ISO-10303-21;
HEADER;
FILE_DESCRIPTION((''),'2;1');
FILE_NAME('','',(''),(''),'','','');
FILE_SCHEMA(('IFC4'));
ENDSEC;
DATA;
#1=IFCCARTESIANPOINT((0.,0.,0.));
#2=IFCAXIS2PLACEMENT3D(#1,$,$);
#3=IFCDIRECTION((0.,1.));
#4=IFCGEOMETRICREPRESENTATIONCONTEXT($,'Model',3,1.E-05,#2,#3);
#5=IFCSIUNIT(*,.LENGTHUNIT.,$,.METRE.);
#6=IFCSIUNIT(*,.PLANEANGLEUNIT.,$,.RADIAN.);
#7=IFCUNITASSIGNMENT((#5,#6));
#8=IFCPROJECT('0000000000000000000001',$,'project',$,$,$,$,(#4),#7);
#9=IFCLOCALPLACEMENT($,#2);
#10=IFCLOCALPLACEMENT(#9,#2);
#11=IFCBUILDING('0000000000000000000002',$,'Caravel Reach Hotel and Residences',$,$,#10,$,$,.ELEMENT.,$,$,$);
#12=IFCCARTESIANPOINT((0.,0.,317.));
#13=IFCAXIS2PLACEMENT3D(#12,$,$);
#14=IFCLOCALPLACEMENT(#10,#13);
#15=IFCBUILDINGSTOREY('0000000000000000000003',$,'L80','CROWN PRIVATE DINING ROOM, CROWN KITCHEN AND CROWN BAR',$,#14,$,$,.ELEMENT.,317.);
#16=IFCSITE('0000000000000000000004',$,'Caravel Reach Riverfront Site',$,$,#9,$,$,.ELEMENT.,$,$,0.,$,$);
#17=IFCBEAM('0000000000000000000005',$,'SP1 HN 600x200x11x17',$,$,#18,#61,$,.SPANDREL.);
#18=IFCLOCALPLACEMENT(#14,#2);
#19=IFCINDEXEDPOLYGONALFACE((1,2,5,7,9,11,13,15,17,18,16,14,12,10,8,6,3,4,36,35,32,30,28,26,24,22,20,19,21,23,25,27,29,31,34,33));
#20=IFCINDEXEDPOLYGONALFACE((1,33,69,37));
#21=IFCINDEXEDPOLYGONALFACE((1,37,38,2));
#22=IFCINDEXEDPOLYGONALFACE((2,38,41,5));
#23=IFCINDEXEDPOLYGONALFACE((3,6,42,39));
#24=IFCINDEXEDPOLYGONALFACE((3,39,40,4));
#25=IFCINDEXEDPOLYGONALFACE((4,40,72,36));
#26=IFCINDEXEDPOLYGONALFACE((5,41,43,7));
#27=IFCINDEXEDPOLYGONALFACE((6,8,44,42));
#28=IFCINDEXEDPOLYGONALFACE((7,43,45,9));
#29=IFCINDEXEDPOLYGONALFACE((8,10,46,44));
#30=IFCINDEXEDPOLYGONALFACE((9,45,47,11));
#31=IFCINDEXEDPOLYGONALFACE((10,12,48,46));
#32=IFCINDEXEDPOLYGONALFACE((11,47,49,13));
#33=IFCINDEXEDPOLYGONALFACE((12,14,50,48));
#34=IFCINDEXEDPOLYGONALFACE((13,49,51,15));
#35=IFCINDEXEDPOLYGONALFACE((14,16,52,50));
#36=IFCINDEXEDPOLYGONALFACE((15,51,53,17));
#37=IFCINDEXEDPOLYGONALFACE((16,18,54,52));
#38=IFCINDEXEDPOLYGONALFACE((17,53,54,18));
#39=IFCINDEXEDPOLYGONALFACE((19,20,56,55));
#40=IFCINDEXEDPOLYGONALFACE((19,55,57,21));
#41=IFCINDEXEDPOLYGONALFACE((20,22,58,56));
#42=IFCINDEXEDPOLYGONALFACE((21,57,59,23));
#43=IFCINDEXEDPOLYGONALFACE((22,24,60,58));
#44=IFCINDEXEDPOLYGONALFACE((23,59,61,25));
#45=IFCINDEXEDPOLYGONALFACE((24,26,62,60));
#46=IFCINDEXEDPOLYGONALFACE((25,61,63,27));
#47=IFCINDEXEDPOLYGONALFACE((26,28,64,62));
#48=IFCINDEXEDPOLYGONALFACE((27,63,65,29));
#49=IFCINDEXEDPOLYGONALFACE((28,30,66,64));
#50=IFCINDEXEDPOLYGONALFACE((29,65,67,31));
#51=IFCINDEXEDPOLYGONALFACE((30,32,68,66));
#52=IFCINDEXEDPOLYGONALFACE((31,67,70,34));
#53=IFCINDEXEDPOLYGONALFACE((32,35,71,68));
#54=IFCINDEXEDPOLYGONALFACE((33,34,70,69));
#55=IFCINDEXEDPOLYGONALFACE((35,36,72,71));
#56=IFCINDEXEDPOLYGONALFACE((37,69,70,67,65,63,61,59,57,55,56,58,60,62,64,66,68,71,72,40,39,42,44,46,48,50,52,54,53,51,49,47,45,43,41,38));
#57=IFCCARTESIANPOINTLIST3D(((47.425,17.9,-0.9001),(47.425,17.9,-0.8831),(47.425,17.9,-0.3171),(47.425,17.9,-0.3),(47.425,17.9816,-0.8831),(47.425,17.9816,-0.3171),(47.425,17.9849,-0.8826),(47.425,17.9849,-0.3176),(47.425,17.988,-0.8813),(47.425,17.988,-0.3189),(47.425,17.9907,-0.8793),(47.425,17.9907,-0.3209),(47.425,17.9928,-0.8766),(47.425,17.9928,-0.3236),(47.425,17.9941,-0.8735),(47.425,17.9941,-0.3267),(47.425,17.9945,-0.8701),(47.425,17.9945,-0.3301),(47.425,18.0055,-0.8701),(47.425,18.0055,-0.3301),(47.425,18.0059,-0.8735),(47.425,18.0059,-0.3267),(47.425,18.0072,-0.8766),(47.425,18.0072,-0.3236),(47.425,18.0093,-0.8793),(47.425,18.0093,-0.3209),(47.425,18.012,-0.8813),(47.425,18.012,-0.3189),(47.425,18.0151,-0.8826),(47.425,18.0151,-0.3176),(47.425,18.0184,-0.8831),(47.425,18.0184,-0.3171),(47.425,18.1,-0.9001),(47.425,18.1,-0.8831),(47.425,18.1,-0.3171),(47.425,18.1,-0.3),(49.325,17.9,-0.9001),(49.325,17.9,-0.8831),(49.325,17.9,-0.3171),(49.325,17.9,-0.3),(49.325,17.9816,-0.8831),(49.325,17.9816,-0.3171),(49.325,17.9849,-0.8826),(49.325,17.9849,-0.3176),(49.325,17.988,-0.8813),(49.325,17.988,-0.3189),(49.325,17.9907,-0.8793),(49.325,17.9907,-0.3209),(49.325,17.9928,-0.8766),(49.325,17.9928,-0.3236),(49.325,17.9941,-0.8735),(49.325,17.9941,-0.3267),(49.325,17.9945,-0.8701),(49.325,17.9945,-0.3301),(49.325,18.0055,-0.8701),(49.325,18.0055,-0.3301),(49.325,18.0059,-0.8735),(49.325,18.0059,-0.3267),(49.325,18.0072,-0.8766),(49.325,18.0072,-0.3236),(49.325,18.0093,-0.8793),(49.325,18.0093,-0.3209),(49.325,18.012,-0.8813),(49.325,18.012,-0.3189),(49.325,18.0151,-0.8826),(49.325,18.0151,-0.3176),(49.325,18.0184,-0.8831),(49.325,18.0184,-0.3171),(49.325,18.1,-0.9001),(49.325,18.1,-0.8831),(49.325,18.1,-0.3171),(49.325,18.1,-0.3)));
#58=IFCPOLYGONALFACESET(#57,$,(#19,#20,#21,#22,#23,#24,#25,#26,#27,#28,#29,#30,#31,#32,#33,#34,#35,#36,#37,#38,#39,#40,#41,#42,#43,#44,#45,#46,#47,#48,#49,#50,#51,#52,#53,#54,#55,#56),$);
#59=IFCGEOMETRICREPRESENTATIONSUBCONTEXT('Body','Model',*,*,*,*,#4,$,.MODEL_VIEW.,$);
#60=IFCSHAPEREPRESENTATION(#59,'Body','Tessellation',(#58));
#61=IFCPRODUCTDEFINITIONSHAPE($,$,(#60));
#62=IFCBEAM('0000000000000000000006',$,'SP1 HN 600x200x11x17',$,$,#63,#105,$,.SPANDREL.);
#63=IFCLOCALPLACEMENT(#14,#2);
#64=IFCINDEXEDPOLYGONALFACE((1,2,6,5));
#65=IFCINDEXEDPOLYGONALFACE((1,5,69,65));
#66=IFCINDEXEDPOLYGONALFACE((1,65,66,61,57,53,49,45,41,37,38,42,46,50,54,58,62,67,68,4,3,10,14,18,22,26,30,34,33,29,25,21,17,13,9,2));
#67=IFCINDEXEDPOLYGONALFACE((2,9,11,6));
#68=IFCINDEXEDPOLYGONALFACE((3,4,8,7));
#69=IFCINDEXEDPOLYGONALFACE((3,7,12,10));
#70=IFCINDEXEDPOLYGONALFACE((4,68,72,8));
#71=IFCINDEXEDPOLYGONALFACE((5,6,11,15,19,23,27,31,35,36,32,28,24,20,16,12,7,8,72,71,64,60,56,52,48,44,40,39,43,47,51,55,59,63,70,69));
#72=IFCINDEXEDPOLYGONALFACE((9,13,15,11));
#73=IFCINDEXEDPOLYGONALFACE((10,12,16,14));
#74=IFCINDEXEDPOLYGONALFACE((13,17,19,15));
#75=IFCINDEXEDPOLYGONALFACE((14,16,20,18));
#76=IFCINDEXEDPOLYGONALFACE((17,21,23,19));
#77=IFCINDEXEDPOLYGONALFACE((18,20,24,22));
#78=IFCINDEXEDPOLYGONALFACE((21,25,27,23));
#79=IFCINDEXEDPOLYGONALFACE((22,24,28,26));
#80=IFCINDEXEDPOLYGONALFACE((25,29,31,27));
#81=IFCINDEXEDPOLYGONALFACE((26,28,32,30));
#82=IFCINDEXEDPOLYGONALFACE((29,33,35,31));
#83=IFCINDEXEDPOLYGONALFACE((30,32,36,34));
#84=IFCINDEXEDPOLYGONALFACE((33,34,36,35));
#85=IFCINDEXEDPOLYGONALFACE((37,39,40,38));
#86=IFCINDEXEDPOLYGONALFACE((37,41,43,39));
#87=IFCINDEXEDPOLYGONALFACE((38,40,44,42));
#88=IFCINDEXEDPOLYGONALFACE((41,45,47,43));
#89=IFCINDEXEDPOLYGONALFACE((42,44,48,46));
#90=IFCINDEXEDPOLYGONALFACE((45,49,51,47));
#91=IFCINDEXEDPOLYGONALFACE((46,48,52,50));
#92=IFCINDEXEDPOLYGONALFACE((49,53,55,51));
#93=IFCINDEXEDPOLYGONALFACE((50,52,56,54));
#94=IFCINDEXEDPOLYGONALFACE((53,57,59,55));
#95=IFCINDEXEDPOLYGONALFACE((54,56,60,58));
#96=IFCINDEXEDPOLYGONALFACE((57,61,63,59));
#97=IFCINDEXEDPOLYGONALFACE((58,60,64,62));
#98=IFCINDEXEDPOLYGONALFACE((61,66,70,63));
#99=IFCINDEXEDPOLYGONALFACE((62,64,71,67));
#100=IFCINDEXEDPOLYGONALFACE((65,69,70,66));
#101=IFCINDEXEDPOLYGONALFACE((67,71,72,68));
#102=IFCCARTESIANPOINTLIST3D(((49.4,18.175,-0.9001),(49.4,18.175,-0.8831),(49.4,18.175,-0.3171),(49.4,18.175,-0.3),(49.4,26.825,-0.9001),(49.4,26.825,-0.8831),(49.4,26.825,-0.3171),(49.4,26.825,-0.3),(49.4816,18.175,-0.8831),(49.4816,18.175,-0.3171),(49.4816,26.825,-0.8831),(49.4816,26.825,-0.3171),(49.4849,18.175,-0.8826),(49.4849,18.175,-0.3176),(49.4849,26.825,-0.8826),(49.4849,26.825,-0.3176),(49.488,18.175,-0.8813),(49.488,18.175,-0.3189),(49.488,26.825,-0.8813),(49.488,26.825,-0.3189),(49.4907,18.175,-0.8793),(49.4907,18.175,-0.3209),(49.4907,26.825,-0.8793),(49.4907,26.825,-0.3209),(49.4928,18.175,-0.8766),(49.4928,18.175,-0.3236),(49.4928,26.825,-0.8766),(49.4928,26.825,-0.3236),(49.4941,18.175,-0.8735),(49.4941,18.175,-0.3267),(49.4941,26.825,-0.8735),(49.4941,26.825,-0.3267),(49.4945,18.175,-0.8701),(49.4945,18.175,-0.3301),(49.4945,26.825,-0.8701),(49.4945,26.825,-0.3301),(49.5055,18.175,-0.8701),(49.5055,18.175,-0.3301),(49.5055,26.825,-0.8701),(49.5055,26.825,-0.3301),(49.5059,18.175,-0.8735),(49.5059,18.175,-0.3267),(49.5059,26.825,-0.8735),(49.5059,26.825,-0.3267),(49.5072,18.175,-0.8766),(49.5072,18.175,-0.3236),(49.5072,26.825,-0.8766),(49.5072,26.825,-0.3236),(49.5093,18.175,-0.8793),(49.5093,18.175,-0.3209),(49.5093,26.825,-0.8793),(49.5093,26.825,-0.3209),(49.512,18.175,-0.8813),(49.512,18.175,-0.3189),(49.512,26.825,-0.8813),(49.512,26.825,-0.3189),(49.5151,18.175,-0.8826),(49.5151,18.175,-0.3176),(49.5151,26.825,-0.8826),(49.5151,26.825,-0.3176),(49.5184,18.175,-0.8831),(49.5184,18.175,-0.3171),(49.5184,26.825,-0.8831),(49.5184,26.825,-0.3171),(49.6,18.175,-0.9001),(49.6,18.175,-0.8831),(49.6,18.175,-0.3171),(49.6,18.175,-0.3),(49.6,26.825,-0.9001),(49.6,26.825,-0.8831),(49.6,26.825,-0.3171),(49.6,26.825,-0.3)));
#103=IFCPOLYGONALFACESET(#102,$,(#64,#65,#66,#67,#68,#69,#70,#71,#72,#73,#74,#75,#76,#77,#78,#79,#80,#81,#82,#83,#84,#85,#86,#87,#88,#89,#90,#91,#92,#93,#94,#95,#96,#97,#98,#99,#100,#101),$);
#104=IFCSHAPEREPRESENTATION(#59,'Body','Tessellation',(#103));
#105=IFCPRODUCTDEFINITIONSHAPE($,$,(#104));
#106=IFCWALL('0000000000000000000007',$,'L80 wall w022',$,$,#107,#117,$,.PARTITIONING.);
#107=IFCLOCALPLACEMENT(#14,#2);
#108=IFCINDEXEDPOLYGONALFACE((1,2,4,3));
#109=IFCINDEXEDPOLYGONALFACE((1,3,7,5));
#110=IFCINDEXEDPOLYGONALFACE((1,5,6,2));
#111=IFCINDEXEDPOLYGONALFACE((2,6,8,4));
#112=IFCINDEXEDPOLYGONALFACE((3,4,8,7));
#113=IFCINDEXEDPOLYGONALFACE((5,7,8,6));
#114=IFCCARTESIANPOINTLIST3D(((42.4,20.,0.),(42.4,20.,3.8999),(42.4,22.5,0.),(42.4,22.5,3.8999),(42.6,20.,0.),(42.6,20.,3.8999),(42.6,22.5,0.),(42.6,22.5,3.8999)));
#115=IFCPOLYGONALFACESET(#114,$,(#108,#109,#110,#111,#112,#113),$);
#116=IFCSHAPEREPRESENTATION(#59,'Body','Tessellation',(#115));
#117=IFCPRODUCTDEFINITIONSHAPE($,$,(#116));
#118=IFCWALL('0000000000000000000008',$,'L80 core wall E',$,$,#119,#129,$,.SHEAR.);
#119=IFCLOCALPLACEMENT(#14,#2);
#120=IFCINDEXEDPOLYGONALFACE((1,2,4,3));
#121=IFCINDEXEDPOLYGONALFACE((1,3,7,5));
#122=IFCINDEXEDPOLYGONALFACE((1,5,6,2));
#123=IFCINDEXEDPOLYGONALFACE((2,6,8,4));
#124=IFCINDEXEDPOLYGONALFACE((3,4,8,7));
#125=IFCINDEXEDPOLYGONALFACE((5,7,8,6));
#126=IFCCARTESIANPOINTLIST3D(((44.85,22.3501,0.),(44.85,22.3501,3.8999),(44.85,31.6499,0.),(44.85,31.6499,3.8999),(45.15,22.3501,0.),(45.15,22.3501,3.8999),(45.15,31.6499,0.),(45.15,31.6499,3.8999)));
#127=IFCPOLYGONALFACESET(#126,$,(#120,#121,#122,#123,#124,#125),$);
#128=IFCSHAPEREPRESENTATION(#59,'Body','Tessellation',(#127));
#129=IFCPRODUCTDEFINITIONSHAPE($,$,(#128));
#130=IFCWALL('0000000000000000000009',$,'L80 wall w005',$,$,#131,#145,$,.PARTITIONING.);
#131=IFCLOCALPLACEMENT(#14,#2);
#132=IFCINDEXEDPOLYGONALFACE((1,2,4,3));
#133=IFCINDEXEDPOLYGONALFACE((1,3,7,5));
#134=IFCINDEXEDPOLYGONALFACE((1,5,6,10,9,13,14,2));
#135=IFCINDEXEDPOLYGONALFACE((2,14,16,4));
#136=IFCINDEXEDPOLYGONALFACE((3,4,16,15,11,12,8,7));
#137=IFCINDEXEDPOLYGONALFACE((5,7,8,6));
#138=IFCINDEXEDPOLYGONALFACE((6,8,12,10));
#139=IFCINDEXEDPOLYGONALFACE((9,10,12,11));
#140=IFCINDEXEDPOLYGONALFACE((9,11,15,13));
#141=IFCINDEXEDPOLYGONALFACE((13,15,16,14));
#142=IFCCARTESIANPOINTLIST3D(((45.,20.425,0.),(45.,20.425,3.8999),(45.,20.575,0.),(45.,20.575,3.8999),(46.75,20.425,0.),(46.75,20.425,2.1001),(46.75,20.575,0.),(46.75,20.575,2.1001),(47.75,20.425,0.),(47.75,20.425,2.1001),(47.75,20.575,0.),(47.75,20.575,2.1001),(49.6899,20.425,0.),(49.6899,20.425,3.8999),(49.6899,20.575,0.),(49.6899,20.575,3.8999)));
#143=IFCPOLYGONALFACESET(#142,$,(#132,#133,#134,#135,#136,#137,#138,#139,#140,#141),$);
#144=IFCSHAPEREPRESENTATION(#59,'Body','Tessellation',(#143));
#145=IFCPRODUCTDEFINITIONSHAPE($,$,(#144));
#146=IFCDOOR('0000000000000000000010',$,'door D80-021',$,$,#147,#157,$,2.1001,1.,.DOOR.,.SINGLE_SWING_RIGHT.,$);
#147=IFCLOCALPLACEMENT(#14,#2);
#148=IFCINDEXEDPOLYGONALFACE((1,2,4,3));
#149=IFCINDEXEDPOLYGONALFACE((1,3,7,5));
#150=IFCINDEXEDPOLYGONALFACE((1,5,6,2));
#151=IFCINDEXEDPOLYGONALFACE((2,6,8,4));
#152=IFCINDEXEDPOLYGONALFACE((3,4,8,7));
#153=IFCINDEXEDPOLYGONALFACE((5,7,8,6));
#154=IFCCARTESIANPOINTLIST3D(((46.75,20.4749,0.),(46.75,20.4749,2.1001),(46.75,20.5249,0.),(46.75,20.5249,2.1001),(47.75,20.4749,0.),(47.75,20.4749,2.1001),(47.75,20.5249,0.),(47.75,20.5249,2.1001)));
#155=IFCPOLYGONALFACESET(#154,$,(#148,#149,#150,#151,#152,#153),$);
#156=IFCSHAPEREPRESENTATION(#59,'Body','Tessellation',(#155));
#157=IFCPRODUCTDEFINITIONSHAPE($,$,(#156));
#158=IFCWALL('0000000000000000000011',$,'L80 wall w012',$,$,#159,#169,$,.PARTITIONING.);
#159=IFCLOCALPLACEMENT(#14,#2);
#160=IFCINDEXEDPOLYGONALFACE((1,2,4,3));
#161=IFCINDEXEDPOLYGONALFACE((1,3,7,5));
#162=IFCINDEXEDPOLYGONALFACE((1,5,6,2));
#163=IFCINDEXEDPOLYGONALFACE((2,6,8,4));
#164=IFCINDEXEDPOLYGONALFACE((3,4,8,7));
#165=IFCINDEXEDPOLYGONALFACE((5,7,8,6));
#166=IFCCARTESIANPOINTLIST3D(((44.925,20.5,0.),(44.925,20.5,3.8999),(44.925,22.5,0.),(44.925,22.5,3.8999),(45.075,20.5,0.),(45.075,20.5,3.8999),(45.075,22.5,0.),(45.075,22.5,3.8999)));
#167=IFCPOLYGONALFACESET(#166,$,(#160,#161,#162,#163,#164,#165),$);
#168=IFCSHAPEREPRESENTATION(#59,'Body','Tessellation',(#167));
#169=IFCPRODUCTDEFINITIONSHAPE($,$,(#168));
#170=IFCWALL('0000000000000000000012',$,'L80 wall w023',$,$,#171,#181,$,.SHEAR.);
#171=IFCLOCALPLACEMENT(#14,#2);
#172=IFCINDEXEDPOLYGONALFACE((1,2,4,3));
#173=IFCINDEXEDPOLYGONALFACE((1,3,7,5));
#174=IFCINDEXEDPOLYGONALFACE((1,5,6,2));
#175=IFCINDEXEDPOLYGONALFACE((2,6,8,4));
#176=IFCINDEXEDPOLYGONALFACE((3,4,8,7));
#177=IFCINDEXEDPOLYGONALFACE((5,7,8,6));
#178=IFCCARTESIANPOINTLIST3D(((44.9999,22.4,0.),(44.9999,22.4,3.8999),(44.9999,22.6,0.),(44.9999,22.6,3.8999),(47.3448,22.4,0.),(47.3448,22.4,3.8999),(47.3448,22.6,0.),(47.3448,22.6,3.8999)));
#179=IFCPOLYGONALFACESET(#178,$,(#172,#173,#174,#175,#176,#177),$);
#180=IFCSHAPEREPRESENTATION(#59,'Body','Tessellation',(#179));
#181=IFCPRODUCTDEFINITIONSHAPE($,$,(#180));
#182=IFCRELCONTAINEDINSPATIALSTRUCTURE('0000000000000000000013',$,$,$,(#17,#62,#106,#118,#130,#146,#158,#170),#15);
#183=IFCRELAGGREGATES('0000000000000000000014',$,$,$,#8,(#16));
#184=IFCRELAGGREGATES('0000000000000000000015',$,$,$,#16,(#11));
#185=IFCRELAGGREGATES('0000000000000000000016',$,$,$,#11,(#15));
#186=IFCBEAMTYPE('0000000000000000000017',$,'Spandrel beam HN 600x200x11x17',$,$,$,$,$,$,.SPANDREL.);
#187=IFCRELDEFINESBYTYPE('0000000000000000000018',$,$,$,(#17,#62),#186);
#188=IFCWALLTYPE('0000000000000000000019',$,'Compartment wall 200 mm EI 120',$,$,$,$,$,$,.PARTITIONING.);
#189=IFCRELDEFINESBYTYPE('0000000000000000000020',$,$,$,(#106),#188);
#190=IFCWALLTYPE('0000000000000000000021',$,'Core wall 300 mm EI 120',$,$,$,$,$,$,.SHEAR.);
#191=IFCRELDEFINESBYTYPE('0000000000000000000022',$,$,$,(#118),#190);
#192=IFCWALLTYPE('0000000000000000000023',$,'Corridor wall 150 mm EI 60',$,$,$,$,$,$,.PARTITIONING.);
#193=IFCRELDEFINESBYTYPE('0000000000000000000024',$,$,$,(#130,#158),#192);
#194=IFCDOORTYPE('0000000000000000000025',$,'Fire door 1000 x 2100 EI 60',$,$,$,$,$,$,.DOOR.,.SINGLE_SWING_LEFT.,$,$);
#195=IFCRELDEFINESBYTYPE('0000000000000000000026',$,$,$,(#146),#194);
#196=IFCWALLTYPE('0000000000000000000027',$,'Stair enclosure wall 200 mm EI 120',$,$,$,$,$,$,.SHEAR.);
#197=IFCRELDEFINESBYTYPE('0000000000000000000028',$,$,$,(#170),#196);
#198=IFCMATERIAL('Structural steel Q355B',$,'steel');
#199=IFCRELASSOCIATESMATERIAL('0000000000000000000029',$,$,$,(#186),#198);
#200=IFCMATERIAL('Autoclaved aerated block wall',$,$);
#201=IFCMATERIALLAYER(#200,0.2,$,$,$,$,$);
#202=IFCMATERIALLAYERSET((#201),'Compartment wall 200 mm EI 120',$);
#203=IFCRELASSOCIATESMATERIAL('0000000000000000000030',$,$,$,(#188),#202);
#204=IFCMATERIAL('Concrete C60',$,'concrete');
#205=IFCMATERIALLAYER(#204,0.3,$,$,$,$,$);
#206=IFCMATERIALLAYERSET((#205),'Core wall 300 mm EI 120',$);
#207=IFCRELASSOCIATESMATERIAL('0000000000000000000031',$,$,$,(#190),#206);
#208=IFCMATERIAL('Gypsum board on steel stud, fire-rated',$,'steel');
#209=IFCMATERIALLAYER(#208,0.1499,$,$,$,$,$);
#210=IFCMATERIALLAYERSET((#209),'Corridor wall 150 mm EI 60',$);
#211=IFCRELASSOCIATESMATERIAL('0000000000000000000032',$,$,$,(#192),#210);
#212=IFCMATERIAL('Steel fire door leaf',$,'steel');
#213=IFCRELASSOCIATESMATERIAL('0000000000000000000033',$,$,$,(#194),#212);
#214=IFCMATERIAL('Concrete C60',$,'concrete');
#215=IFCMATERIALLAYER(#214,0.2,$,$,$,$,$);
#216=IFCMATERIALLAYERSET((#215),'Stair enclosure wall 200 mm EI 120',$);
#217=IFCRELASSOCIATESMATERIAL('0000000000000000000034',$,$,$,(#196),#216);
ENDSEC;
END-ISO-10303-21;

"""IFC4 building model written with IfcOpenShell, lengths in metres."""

from ifc_helpers import new_model, si_unit, direction, frame, frame_2d, origin, origin_2d, place, context, subcontext, project, spatial, rectangle, i_section, extrude, material, layer, layer_set, material_profile, profile_set, type_object, element, fill, save


model = new_model("IFC4")

# Units and contexts
model_context = context("Model", 3, precision=1e-05, world=origin(), true_north=direction((0.0, 1.0)))
body_context = subcontext(model_context, "Body", "Model", "MODEL_VIEW")
ifc_project = project(units=[si_unit("LENGTHUNIT", "METRE"), si_unit("PLANEANGLEUNIT", "RADIAN")], contexts=[model_context])

# Site, building, storey
site_placement = place(None, origin())
site = spatial("IfcSite", under=ifc_project, at=site_placement, Name="Caravel Reach Riverfront Site", CompositionType="ELEMENT", RefElevation=0.0)
building_placement = place(site_placement, origin())
building = spatial("IfcBuilding", under=site, at=building_placement, Name="Caravel Reach Hotel and Residences", CompositionType="ELEMENT")
storey_placement = place(building_placement, frame((0.0, 0.0, 317.0)))
storey = spatial("IfcBuildingStorey", under=building, at=storey_placement, Name="L80", Description="CROWN PRIVATE DINING ROOM, CROWN KITCHEN AND CROWN BAR", CompositionType="ELEMENT", Elevation=317.0)

# Beams
ifc_material_1 = material(Name="Structural steel Q355B", Category="steel")
ifc_material_profile_1 = material_profile(ifc_material_1, i_section(OverallWidth=0.2, OverallDepth=0.6001, WebThickness=0.011, FlangeThickness=0.0171, FilletRadius=0.0129, at=origin_2d()), Name="HN 600x200x11x17")
ifc_profile_set_1 = profile_set([ifc_material_profile_1], Name="Structural steel Q355B")
beam_type = type_object("IfcBeamType", Name="Spandrel beam HN 600x200x11x17", PredefinedType="SPANDREL", material=ifc_profile_set_1)
for number, where, z_axis, x_axis, name in (
    (1, (47.425, 18.0, -0.6001), (1.0, 0.0, 0.0), (0.0, 1.0, 0.0), "SP1 HN 600x200x11x17"),
):
    element("IfcBeam", number, at=place(storey_placement, frame(where, z_axis=z_axis, x_axis=x_axis)), inside=storey, type_object=beam_type, Name=name, PredefinedType="SPANDREL", context=body_context, shape_type="SweptSolid", body=[
        extrude(i_section(OverallWidth=0.2, OverallDepth=0.6001, WebThickness=0.011, FlangeThickness=0.0171, FilletRadius=0.0129, at=origin_2d()), origin(), (0.0, 0.0, 1.0), 1.8999),
    ])
beam_placement = place(storey_placement, frame((49.5, 18.175, -0.6001), z_axis=(0.0, 1.0, 0.0), x_axis=(-1.0, 0.0, 0.0)))
element("IfcBeam", 2, at=beam_placement, inside=storey, type_object=beam_type, Name="SP1 HN 600x200x11x17", PredefinedType="SPANDREL", context=body_context, shape_type="SweptSolid", body=[
    extrude(i_section(OverallWidth=0.2, OverallDepth=0.6001, WebThickness=0.011, FlangeThickness=0.0171, FilletRadius=0.0129, at=origin_2d()), origin(), (0.0, 0.0, 1.0), 8.6499),
])

# Walls
ifc_material_2 = material(Name="Autoclaved aerated block wall")
ifc_layer_1 = layer(ifc_material_2, 0.2)
ifc_layer_set_1 = layer_set([ifc_layer_1], Name="Compartment wall 200 mm EI 120")
wall_type_1 = type_object("IfcWallType", Name="Compartment wall 200 mm EI 120", PredefinedType="PARTITIONING", material=ifc_layer_set_1)
wall_1_placement = place(storey_placement, frame((42.5, 20.0, 0.0), z_axis=(0.0, 0.0, 1.0), x_axis=(0.0, 1.0, 0.0)))
element("IfcWall", 3, at=wall_1_placement, inside=storey, type_object=wall_type_1, Name="L80 wall w022", PredefinedType="PARTITIONING", context=body_context, shape_type="SweptSolid", body=[
    extrude(rectangle(XDim=2.5, YDim=0.2, at=frame_2d((1.25, 0.0))), origin(), (0.0, 0.0, 1.0), 3.8999),
])
ifc_material_3 = material(Name="Concrete C60", Category="concrete")
ifc_layer_2 = layer(ifc_material_3, 0.3)
ifc_layer_set_2 = layer_set([ifc_layer_2], Name="Core wall 300 mm EI 120")
wall_type_2 = type_object("IfcWallType", Name="Core wall 300 mm EI 120", PredefinedType="SHEAR", material=ifc_layer_set_2)
wall_2_placement = place(storey_placement, frame((45.0, 22.3501, 0.0), z_axis=(0.0, 0.0, 1.0), x_axis=(0.0, 1.0, 0.0)))
element("IfcWall", 4, at=wall_2_placement, inside=storey, type_object=wall_type_2, Name="L80 core wall E", PredefinedType="SHEAR", context=body_context, shape_type="SweptSolid", body=[
    extrude(rectangle(XDim=9.2998, YDim=0.3, at=frame_2d((4.6499, 0.0))), origin(), (0.0, 0.0, 1.0), 3.8999),
])

# Wall, opening, door
ifc_material_4 = material(Name="Gypsum board on steel stud, fire-rated", Category="steel")
ifc_layer_3 = layer(ifc_material_4, 0.1499)
ifc_layer_set_3 = layer_set([ifc_layer_3], Name="Corridor wall 150 mm EI 60")
wall_type_3 = type_object("IfcWallType", Name="Corridor wall 150 mm EI 60", PredefinedType="PARTITIONING", material=ifc_layer_set_3)
wall_3_placement = place(storey_placement, frame((45.0, 20.5, 0.0), z_axis=(0.0, 0.0, 1.0), x_axis=(1.0, 0.0, 0.0)))
wall_3 = element("IfcWall", 5, at=wall_3_placement, inside=storey, type_object=wall_type_3, Name="L80 wall w005", PredefinedType="PARTITIONING", context=body_context, shape_type="SweptSolid", body=[
    extrude(rectangle(XDim=4.6899, YDim=0.1499, at=frame_2d((2.345, 0.0))), origin(), (0.0, 0.0, 1.0), 3.8999),
])
opening_placement = place(wall_3_placement, frame((1.75, 0.0, 0.0)))
opening = element("IfcOpeningElement", 6, at=opening_placement, cuts=wall_3, PredefinedType="OPENING", context=body_context, shape_type="SweptSolid", body=[
    extrude(rectangle(XDim=1.0, YDim=2.1001, at=frame_2d((0.5, 1.05))), frame((0.0, 0.085, 0.0), z_axis=(0.0, -1.0, 0.0), x_axis=(1.0, 0.0, 0.0)), (0.0, 0.0, 1.0), 0.1699),
])
ifc_material_5 = material(Name="Steel fire door leaf", Category="steel")
door_type = type_object("IfcDoorType", Name="Fire door 1000 x 2100 EI 60", OperationType="SINGLE_SWING_LEFT", PredefinedType="DOOR", material=ifc_material_5)
door_placement = place(opening_placement, origin())
door = element("IfcDoor", 7, at=door_placement, inside=storey, type_object=door_type, Name="door D80-021", OperationType="SINGLE_SWING_RIGHT", OverallHeight=2.1001, OverallWidth=1.0, PredefinedType="DOOR", context=body_context, shape_type="SweptSolid", body=[
    extrude(rectangle(XDim=1.0, YDim=2.1001, at=frame_2d((0.5, 1.05))), frame((0.0, 0.0249, 0.0), z_axis=(0.0, -1.0, 0.0), x_axis=(1.0, 0.0, 0.0)), (0.0, 0.0, 1.0), 0.05),
])
fill(opening, door)

# Walls
wall_4_placement = place(storey_placement, frame((45.0, 20.5, 0.0), z_axis=(0.0, 0.0, 1.0), x_axis=(0.0, 1.0, 0.0)))
element("IfcWall", 8, at=wall_4_placement, inside=storey, type_object=wall_type_3, Name="L80 wall w012", PredefinedType="PARTITIONING", context=body_context, shape_type="SweptSolid", body=[
    extrude(rectangle(XDim=2.0, YDim=0.1499, at=frame_2d((1.0, 0.0))), origin(), (0.0, 0.0, 1.0), 3.8999),
])
ifc_material_6 = material(Name="Concrete C60", Category="concrete")
ifc_layer_4 = layer(ifc_material_6, 0.2)
ifc_layer_set_4 = layer_set([ifc_layer_4], Name="Stair enclosure wall 200 mm EI 120")
wall_type_4 = type_object("IfcWallType", Name="Stair enclosure wall 200 mm EI 120", PredefinedType="SHEAR", material=ifc_layer_set_4)
for number, where, z_axis, x_axis, name in (
    (9, (45.0, 22.5, 0.0), (0.0, 0.0, 1.0), (1.0, 0.0, 0.0), "L80 wall w023"),
):
    element("IfcWall", number, at=place(storey_placement, frame(where, z_axis=z_axis, x_axis=x_axis)), inside=storey, type_object=wall_type_4, Name=name, PredefinedType="SHEAR", context=body_context, shape_type="SweptSolid", body=[
        extrude(rectangle(XDim=2.345, YDim=0.2, at=frame_2d((1.1724, 0.0))), origin(), (0.0, 0.0, 1.0), 3.8999),
    ])

save(model, "model.ifc")
